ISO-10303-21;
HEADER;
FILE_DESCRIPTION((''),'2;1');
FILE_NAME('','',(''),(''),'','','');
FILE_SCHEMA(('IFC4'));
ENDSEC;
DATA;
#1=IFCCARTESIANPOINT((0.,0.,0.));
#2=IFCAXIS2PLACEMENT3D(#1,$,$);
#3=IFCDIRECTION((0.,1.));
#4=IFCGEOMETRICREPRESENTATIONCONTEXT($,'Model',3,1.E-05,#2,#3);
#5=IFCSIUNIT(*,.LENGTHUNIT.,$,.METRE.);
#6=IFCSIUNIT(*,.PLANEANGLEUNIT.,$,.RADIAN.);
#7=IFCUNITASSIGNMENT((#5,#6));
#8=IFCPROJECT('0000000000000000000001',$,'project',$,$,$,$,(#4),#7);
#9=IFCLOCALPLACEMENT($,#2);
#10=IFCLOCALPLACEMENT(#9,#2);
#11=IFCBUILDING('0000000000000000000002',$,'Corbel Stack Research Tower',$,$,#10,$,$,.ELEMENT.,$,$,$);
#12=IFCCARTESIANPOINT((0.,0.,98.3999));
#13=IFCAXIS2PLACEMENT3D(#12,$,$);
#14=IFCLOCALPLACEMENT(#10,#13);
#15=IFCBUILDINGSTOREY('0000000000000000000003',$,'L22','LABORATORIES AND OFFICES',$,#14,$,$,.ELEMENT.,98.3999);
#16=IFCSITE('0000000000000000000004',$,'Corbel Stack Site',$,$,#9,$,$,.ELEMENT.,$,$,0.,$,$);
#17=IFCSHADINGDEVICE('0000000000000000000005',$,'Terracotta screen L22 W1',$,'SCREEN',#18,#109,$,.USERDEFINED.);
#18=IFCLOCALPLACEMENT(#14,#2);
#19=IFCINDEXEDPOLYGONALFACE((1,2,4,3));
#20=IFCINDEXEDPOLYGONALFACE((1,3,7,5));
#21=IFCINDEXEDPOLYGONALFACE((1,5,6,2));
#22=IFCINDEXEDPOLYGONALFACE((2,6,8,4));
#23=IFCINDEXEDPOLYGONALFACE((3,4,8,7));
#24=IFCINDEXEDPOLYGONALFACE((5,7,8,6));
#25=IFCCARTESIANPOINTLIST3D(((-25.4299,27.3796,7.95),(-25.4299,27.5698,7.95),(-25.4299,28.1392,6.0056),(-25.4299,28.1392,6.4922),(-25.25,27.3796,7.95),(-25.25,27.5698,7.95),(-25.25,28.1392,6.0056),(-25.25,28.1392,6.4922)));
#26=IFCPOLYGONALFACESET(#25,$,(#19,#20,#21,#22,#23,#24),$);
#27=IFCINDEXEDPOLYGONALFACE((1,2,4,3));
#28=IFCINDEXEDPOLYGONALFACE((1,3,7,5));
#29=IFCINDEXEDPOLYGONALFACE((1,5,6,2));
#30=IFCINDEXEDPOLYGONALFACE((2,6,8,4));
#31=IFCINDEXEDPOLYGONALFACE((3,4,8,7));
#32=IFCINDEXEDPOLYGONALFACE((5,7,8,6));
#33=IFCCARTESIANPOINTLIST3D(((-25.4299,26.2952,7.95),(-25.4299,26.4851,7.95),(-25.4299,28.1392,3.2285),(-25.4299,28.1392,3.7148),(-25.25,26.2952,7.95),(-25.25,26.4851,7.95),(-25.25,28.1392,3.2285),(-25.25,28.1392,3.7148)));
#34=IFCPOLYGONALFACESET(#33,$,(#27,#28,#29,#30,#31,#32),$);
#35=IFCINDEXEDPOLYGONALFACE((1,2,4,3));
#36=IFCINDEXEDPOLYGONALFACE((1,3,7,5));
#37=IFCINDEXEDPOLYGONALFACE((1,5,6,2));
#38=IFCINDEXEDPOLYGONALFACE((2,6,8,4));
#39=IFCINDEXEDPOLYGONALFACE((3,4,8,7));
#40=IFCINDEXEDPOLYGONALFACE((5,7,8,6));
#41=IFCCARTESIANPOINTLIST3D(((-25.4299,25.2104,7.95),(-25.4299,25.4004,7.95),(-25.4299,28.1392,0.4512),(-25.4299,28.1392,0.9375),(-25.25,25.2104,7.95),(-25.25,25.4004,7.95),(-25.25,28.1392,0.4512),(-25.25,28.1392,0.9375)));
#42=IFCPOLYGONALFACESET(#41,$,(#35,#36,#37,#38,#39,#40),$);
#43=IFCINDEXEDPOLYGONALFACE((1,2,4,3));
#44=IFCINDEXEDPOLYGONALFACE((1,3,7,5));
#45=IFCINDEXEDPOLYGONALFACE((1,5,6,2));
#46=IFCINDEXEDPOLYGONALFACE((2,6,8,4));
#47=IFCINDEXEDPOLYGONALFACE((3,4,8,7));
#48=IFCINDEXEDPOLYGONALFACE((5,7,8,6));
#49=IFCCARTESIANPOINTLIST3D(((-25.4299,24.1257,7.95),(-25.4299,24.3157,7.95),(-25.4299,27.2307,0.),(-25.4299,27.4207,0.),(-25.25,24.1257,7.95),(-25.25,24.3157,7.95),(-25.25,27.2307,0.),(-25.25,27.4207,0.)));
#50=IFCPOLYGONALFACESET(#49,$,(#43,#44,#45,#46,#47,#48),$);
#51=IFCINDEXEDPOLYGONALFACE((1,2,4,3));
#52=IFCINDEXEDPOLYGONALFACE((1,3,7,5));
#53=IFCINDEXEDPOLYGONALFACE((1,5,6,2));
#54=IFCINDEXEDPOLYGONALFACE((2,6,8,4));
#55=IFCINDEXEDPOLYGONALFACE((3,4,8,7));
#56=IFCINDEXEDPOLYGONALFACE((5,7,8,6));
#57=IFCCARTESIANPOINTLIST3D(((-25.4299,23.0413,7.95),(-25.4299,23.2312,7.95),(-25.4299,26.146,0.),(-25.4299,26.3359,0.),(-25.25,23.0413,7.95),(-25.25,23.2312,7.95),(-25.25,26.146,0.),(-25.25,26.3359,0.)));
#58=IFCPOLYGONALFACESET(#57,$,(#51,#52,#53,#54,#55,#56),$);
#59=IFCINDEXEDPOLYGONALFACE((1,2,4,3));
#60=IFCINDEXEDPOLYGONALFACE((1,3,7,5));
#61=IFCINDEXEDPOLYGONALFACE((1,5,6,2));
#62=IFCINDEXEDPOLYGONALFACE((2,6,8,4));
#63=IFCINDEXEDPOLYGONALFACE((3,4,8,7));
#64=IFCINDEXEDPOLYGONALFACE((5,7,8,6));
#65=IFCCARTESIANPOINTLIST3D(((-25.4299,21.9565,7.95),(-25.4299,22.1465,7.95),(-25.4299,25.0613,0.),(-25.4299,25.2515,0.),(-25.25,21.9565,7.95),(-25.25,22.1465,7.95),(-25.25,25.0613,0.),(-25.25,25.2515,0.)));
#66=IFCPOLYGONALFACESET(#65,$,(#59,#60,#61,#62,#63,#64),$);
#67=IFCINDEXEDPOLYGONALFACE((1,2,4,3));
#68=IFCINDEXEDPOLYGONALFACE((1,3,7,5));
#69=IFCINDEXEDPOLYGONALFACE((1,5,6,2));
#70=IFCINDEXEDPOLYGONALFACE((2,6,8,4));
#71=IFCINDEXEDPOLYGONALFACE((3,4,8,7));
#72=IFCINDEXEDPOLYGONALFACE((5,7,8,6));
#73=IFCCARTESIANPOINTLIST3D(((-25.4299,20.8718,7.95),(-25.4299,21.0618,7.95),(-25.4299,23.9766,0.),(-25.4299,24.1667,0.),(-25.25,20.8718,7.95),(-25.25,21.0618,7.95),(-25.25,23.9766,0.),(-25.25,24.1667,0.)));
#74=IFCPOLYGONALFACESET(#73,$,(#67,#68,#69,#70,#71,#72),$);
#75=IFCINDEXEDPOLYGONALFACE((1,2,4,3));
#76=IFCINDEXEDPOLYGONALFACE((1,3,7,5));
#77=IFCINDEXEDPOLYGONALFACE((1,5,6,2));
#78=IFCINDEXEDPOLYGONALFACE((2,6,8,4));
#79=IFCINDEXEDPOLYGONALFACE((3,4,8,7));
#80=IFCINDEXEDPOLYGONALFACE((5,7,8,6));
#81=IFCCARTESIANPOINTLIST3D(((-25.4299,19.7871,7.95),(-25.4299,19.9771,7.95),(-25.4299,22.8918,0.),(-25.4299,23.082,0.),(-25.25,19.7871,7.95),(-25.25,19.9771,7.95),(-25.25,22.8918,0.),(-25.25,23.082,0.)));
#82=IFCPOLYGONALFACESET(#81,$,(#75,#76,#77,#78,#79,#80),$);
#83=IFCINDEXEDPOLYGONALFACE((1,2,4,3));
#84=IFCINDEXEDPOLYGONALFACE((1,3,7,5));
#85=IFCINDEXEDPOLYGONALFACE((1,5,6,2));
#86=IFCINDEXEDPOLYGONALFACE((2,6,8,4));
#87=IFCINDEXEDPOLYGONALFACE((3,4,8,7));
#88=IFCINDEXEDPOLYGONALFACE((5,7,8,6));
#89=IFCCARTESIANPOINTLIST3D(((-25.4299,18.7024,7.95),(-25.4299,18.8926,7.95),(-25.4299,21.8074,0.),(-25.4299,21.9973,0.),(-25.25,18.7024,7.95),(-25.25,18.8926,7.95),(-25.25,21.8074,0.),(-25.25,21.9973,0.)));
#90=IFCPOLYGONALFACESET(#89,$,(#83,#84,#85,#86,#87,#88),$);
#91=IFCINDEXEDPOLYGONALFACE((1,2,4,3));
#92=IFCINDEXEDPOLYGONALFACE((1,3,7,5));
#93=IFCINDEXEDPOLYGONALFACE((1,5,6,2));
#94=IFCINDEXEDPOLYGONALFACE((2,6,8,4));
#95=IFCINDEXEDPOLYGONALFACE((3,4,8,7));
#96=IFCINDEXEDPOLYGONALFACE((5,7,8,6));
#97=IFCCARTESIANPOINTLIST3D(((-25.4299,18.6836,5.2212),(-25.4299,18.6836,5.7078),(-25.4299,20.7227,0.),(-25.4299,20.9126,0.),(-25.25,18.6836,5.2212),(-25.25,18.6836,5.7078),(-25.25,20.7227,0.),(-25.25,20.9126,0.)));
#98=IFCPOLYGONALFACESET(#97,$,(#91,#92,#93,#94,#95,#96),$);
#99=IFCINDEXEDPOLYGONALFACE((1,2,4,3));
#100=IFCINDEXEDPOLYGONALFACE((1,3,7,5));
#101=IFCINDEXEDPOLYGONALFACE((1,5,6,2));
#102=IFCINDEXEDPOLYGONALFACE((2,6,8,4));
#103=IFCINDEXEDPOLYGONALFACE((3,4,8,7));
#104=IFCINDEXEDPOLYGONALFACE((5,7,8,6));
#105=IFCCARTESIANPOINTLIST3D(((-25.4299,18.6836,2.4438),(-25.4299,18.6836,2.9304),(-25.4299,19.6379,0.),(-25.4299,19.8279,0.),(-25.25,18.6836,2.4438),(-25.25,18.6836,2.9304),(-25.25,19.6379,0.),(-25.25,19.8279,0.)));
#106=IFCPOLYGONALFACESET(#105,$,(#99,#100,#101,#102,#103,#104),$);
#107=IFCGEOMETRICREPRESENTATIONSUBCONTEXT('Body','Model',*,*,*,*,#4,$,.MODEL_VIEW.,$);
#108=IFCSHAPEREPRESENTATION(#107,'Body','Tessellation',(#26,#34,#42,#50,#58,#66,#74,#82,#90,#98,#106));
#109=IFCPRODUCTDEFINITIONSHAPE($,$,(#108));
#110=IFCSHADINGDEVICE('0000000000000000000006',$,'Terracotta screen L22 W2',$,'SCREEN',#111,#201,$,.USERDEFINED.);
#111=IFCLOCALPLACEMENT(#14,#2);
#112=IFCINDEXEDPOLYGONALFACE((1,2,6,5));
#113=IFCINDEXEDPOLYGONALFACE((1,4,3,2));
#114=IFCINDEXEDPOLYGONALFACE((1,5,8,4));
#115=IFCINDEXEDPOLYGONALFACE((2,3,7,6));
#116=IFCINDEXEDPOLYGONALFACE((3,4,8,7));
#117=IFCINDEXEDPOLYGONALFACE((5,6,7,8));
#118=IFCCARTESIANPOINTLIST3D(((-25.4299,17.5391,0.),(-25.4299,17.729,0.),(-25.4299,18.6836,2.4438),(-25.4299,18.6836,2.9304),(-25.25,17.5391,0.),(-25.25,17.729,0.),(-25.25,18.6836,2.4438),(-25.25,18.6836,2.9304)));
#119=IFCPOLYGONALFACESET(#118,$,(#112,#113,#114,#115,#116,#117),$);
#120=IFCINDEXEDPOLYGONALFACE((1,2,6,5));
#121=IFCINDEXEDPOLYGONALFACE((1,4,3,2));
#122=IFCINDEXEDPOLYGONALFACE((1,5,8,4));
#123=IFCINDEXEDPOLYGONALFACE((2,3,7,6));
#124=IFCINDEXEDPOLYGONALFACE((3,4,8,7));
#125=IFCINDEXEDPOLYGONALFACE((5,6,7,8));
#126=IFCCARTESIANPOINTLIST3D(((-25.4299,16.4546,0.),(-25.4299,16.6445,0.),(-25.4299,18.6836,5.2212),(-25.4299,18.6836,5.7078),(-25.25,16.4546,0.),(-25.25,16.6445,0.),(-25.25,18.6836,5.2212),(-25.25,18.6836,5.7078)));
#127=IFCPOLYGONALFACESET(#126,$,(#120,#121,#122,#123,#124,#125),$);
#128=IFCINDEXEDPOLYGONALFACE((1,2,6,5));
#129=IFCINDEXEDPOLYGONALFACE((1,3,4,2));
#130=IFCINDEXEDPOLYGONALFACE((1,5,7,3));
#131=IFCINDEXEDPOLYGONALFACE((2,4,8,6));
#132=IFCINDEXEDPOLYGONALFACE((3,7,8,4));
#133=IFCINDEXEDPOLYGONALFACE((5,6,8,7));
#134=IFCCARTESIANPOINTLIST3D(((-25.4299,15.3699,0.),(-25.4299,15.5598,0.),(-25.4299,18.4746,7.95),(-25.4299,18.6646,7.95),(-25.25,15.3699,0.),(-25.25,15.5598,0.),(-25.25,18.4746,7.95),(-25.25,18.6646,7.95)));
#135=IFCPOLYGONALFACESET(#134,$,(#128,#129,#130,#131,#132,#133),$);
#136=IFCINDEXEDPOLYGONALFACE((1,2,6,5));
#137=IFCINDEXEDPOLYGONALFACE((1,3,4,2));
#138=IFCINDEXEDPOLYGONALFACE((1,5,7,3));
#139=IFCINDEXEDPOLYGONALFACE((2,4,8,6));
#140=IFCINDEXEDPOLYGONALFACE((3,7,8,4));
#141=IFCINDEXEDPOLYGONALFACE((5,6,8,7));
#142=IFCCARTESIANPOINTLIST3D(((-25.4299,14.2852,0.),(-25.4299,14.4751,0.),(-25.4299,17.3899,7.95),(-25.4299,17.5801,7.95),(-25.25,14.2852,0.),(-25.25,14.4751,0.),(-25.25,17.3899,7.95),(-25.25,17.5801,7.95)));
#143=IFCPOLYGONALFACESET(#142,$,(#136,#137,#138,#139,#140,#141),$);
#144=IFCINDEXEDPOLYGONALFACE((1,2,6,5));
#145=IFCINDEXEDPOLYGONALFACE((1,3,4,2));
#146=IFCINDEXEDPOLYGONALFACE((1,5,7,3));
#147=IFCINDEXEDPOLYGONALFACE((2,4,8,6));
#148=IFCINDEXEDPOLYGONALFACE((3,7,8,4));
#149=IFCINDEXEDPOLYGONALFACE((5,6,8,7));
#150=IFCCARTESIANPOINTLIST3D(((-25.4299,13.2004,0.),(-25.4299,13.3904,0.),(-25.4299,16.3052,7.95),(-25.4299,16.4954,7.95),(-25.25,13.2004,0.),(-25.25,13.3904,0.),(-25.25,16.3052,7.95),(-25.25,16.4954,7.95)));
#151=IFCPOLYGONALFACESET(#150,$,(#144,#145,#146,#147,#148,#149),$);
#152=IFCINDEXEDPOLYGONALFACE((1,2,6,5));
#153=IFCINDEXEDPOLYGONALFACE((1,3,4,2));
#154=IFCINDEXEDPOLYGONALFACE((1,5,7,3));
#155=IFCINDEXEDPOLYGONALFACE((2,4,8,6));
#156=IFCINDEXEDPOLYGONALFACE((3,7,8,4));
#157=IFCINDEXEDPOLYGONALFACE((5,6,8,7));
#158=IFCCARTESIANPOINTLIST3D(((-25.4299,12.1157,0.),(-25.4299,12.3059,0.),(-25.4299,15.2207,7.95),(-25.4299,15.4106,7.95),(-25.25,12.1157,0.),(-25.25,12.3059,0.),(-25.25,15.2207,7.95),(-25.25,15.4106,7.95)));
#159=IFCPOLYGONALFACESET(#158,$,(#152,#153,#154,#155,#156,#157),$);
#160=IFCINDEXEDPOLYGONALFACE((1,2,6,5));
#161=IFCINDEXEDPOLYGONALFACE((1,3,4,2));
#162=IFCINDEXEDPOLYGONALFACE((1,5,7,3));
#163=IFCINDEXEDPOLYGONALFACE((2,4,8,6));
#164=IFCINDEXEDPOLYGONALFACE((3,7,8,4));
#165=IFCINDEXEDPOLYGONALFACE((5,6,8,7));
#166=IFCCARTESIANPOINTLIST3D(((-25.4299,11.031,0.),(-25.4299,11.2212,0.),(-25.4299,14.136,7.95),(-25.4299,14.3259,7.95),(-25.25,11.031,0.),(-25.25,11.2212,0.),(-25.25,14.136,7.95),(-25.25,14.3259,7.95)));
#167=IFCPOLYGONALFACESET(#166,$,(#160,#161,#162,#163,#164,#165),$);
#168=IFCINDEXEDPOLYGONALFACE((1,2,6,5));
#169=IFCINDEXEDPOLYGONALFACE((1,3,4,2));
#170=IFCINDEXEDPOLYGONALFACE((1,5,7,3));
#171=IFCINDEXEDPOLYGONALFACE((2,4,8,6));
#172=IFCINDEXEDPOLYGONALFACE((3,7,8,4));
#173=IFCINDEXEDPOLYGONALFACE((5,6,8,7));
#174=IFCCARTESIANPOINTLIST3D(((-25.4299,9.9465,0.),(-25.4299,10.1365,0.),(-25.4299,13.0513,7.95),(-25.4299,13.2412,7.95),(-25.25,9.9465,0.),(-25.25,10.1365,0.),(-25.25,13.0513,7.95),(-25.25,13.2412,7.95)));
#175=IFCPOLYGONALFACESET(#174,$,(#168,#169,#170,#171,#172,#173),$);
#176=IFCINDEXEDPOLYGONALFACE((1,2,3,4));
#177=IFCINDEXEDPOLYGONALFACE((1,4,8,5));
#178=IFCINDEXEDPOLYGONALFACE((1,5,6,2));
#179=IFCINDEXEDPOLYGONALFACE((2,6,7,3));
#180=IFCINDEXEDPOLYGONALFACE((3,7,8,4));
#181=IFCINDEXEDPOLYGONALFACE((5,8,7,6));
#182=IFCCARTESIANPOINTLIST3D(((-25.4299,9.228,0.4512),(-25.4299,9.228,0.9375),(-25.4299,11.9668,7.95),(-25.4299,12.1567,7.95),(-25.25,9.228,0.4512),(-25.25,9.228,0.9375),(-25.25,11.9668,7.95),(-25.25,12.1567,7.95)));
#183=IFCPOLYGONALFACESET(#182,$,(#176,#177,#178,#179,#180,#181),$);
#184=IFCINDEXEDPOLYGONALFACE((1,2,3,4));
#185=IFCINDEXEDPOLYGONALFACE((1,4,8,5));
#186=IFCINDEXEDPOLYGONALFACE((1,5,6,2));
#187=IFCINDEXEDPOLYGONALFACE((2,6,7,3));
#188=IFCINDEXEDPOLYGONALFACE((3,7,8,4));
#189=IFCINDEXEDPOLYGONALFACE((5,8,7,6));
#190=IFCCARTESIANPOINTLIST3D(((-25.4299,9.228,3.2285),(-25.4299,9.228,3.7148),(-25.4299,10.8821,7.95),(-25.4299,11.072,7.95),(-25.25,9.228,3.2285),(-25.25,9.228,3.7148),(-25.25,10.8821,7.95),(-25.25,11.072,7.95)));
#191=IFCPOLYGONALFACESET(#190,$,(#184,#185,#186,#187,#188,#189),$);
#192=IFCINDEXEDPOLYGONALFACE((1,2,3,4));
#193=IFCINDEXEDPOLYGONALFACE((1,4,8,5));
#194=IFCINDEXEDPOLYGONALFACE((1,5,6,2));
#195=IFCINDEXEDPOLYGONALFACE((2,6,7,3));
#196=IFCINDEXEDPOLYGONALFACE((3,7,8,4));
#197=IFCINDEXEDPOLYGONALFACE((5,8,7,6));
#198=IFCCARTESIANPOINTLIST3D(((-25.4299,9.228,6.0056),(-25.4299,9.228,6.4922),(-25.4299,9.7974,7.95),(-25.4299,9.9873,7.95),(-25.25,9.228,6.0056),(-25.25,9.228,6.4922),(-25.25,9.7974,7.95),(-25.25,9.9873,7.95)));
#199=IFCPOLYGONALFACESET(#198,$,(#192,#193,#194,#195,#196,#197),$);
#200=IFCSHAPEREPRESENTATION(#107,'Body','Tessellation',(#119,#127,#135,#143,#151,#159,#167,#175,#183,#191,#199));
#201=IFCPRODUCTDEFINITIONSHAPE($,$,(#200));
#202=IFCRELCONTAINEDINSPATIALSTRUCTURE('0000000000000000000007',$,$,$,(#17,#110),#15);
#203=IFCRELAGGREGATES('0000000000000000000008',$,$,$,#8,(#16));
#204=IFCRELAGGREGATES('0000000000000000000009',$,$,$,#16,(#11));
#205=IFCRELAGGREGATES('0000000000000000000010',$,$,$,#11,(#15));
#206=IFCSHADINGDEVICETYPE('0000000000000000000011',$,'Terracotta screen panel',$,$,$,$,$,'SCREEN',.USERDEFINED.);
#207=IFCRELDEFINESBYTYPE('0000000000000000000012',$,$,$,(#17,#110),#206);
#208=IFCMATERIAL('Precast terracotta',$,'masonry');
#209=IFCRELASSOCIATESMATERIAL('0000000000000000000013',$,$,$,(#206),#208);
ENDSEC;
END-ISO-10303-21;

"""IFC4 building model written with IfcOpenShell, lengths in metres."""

from ifc_helpers import new_model, si_unit, direction, frame, origin, place, context, subcontext, project, spatial, polyline, outline, extrude, source, transform, mapped, material, type_object, element, save


model = new_model("IFC4")

# Units and contexts
model_context = context("Model", 3, precision=1e-05, world=origin(), true_north=direction((0.0, 1.0)))
body_context = subcontext(model_context, "Body", "Model", "MODEL_VIEW")
ifc_project = project(units=[si_unit("LENGTHUNIT", "METRE"), si_unit("PLANEANGLEUNIT", "RADIAN")], contexts=[model_context])

# Site, building, storey
site_placement = place(None, origin())
site = spatial("IfcSite", under=ifc_project, at=site_placement, Name="Corbel Stack Site", CompositionType="ELEMENT", RefElevation=0.0)
building_placement = place(site_placement, origin())
building = spatial("IfcBuilding", under=site, at=building_placement, Name="Corbel Stack Research Tower", CompositionType="ELEMENT")
storey_placement = place(building_placement, frame((0.0, 0.0, 98.3999)))
storey = spatial("IfcBuildingStorey", under=building, at=storey_placement, Name="L22", Description="LABORATORIES AND OFFICES", CompositionType="ELEMENT", Elevation=98.3999)

# Shading devices
ifc_material_1 = material(Name="Precast terracotta", Category="masonry")
shading_device_type = type_object("IfcShadingDeviceType", Name="Terracotta screen panel", ElementType="SCREEN", PredefinedType="USERDEFINED", material=ifc_material_1)
shared_shape_1 = source(origin(), body_context, "Body", "SweptSolid", [
    extrude(outline(polyline([(0.7595, 7.95), (0.5693, 7.95), (0.0, 6.4922), (0.0, 6.0056), (0.7595, 7.95)])), frame((0.0, 0.0, 0.0), z_axis=(0.0, -1.0, 0.0), x_axis=(1.0, 0.0, 0.0)), (0.0, 0.0, 1.0), 0.1799),
    extrude(outline(polyline([(1.844, 7.95), (1.6541, 7.95), (0.0, 3.7148), (0.0, 3.2285), (1.844, 7.95)])), frame((0.0, 0.0, 0.0), z_axis=(0.0, -1.0, 0.0), x_axis=(1.0, 0.0, 0.0)), (0.0, 0.0, 1.0), 0.1799),
    extrude(outline(polyline([(2.9287, 7.95), (2.7388, 7.95), (0.0, 0.9375), (0.0, 0.4512), (2.9287, 7.95)])), frame((0.0, 0.0, 0.0), z_axis=(0.0, -1.0, 0.0), x_axis=(1.0, 0.0, 0.0)), (0.0, 0.0, 1.0), 0.1799),
    extrude(outline(polyline([(0.9084, 0.0), (4.0134, 7.95), (3.8235, 7.95), (0.7185, 0.0), (0.9084, 0.0)])), frame((0.0, 0.0, 0.0), z_axis=(0.0, -1.0, 0.0), x_axis=(1.0, 0.0, 0.0)), (0.0, 0.0, 1.0), 0.1799),
    extrude(outline(polyline([(1.9932, 0.0), (5.0979, 7.95), (4.908, 7.95), (1.8032, 0.0), (1.9932, 0.0)])), frame((0.0, 0.0, 0.0), z_axis=(0.0, -1.0, 0.0), x_axis=(1.0, 0.0, 0.0)), (0.0, 0.0, 1.0), 0.1799),
    extrude(outline(polyline([(3.0779, 0.0), (6.1826, 7.95), (5.9927, 7.95), (2.8877, 0.0), (3.0779, 0.0)])), frame((0.0, 0.0, 0.0), z_axis=(0.0, -1.0, 0.0), x_axis=(1.0, 0.0, 0.0)), (0.0, 0.0, 1.0), 0.1799),
    extrude(outline(polyline([(4.1626, 0.0), (7.2673, 7.95), (7.0774, 7.95), (3.9724, 0.0), (4.1626, 0.0)])), frame((0.0, 0.0, 0.0), z_axis=(0.0, -1.0, 0.0), x_axis=(1.0, 0.0, 0.0)), (0.0, 0.0, 1.0), 0.1799),
    extrude(outline(polyline([(5.2473, 0.0), (8.3521, 7.95), (8.1621, 7.95), (5.0571, 0.0), (5.2473, 0.0)])), frame((0.0, 0.0, 0.0), z_axis=(0.0, -1.0, 0.0), x_axis=(1.0, 0.0, 0.0)), (0.0, 0.0, 1.0), 0.1799),
    extrude(outline(polyline([(6.3318, 0.0), (9.4368, 7.95), (9.2466, 7.95), (6.1418, 0.0), (6.3318, 0.0)])), frame((0.0, 0.0, 0.0), z_axis=(0.0, -1.0, 0.0), x_axis=(1.0, 0.0, 0.0)), (0.0, 0.0, 1.0), 0.1799),
    extrude(outline(polyline([(7.4165, 0.0), (9.4556, 5.2212), (9.4556, 5.7078), (7.2266, 0.0), (7.4165, 0.0)])), frame((0.0, 0.0, 0.0), z_axis=(0.0, -1.0, 0.0), x_axis=(1.0, 0.0, 0.0)), (0.0, 0.0, 1.0), 0.1799),
    extrude(outline(polyline([(8.5012, 0.0), (9.4556, 2.4438), (9.4556, 2.9304), (8.3113, 0.0), (8.5012, 0.0)])), frame((0.0, 0.0, 0.0), z_axis=(0.0, -1.0, 0.0), x_axis=(1.0, 0.0, 0.0)), (0.0, 0.0, 1.0), 0.1799),
])
shading_device_1_placement = place(storey_placement, frame((-25.25, 28.1392, 0.0), z_axis=(0.0, 0.0, 1.0), x_axis=(0.0, -1.0, 0.0)))
element("IfcShadingDevice", 1, at=shading_device_1_placement, inside=storey, type_object=shading_device_type, Name="Terracotta screen L22 W1", ObjectType="SCREEN", PredefinedType="USERDEFINED", context=body_context, shape_type="MappedRepresentation", body=[
    mapped(shared_shape_1, transform((0.0, 0.0, 0.0))),
])
shared_shape_2 = source(origin(), body_context, "Body", "SweptSolid", [
    extrude(outline(polyline([(1.1445, 0.0), (0.0, 2.9304), (0.0, 2.4438), (0.9546, 0.0), (1.1445, 0.0)])), frame((0.0, 0.0, 0.0), z_axis=(0.0, -1.0, 0.0), x_axis=(1.0, 0.0, 0.0)), (0.0, 0.0, 1.0), 0.1799),
    extrude(outline(polyline([(2.229, 0.0), (0.0, 5.7078), (0.0, 5.2212), (2.0391, 0.0), (2.229, 0.0)])), frame((0.0, 0.0, 0.0), z_axis=(0.0, -1.0, 0.0), x_axis=(1.0, 0.0, 0.0)), (0.0, 0.0, 1.0), 0.1799),
    extrude(outline(polyline([(3.3137, 0.0), (0.209, 7.95), (0.019, 7.95), (3.1238, 0.0), (3.3137, 0.0)])), frame((0.0, 0.0, 0.0), z_axis=(0.0, -1.0, 0.0), x_axis=(1.0, 0.0, 0.0)), (0.0, 0.0, 1.0), 0.1799),
    extrude(outline(polyline([(4.3984, 0.0), (1.2937, 7.95), (1.1035, 7.95), (4.2085, 0.0), (4.3984, 0.0)])), frame((0.0, 0.0, 0.0), z_axis=(0.0, -1.0, 0.0), x_axis=(1.0, 0.0, 0.0)), (0.0, 0.0, 1.0), 0.1799),
    extrude(outline(polyline([(5.4832, 0.0), (2.3784, 7.95), (2.1882, 7.95), (5.2932, 0.0), (5.4832, 0.0)])), frame((0.0, 0.0, 0.0), z_axis=(0.0, -1.0, 0.0), x_axis=(1.0, 0.0, 0.0)), (0.0, 0.0, 1.0), 0.1799),
    extrude(outline(polyline([(6.5679, 0.0), (3.4629, 7.95), (3.2729, 7.95), (6.3777, 0.0), (6.5679, 0.0)])), frame((0.0, 0.0, 0.0), z_axis=(0.0, -1.0, 0.0), x_axis=(1.0, 0.0, 0.0)), (0.0, 0.0, 1.0), 0.1799),
    extrude(outline(polyline([(7.6526, 0.0), (4.5476, 7.95), (4.3577, 7.95), (7.4624, 0.0), (7.6526, 0.0)])), frame((0.0, 0.0, 0.0), z_axis=(0.0, -1.0, 0.0), x_axis=(1.0, 0.0, 0.0)), (0.0, 0.0, 1.0), 0.1799),
    extrude(outline(polyline([(8.7371, 0.0), (5.6323, 7.95), (5.4424, 7.95), (8.5471, 0.0), (8.7371, 0.0)])), frame((0.0, 0.0, 0.0), z_axis=(0.0, -1.0, 0.0), x_axis=(1.0, 0.0, 0.0)), (0.0, 0.0, 1.0), 0.1799),
    extrude(outline(polyline([(6.7168, 7.95), (6.5269, 7.95), (9.4556, 0.4512), (9.4556, 0.9375), (6.7168, 7.95)])), frame((0.0, 0.0, 0.0), z_axis=(0.0, -1.0, 0.0), x_axis=(1.0, 0.0, 0.0)), (0.0, 0.0, 1.0), 0.1799),
    extrude(outline(polyline([(7.8015, 7.95), (7.6116, 7.95), (9.4556, 3.2285), (9.4556, 3.7148), (7.8015, 7.95)])), frame((0.0, 0.0, 0.0), z_axis=(0.0, -1.0, 0.0), x_axis=(1.0, 0.0, 0.0)), (0.0, 0.0, 1.0), 0.1799),
    extrude(outline(polyline([(8.8862, 7.95), (8.6963, 7.95), (9.4556, 6.0056), (9.4556, 6.4922), (8.8862, 7.95)])), frame((0.0, 0.0, 0.0), z_axis=(0.0, -1.0, 0.0), x_axis=(1.0, 0.0, 0.0)), (0.0, 0.0, 1.0), 0.1799),
])
shading_device_2_placement = place(storey_placement, frame((-25.25, 18.6836, 0.0), z_axis=(0.0, 0.0, 1.0), x_axis=(0.0, -1.0, 0.0)))
element("IfcShadingDevice", 2, at=shading_device_2_placement, inside=storey, type_object=shading_device_type, Name="Terracotta screen L22 W2", ObjectType="SCREEN", PredefinedType="USERDEFINED", context=body_context, shape_type="MappedRepresentation", body=[
    mapped(shared_shape_2, transform((0.0, 0.0, 0.0))),
])

save(model, "model.ifc")
